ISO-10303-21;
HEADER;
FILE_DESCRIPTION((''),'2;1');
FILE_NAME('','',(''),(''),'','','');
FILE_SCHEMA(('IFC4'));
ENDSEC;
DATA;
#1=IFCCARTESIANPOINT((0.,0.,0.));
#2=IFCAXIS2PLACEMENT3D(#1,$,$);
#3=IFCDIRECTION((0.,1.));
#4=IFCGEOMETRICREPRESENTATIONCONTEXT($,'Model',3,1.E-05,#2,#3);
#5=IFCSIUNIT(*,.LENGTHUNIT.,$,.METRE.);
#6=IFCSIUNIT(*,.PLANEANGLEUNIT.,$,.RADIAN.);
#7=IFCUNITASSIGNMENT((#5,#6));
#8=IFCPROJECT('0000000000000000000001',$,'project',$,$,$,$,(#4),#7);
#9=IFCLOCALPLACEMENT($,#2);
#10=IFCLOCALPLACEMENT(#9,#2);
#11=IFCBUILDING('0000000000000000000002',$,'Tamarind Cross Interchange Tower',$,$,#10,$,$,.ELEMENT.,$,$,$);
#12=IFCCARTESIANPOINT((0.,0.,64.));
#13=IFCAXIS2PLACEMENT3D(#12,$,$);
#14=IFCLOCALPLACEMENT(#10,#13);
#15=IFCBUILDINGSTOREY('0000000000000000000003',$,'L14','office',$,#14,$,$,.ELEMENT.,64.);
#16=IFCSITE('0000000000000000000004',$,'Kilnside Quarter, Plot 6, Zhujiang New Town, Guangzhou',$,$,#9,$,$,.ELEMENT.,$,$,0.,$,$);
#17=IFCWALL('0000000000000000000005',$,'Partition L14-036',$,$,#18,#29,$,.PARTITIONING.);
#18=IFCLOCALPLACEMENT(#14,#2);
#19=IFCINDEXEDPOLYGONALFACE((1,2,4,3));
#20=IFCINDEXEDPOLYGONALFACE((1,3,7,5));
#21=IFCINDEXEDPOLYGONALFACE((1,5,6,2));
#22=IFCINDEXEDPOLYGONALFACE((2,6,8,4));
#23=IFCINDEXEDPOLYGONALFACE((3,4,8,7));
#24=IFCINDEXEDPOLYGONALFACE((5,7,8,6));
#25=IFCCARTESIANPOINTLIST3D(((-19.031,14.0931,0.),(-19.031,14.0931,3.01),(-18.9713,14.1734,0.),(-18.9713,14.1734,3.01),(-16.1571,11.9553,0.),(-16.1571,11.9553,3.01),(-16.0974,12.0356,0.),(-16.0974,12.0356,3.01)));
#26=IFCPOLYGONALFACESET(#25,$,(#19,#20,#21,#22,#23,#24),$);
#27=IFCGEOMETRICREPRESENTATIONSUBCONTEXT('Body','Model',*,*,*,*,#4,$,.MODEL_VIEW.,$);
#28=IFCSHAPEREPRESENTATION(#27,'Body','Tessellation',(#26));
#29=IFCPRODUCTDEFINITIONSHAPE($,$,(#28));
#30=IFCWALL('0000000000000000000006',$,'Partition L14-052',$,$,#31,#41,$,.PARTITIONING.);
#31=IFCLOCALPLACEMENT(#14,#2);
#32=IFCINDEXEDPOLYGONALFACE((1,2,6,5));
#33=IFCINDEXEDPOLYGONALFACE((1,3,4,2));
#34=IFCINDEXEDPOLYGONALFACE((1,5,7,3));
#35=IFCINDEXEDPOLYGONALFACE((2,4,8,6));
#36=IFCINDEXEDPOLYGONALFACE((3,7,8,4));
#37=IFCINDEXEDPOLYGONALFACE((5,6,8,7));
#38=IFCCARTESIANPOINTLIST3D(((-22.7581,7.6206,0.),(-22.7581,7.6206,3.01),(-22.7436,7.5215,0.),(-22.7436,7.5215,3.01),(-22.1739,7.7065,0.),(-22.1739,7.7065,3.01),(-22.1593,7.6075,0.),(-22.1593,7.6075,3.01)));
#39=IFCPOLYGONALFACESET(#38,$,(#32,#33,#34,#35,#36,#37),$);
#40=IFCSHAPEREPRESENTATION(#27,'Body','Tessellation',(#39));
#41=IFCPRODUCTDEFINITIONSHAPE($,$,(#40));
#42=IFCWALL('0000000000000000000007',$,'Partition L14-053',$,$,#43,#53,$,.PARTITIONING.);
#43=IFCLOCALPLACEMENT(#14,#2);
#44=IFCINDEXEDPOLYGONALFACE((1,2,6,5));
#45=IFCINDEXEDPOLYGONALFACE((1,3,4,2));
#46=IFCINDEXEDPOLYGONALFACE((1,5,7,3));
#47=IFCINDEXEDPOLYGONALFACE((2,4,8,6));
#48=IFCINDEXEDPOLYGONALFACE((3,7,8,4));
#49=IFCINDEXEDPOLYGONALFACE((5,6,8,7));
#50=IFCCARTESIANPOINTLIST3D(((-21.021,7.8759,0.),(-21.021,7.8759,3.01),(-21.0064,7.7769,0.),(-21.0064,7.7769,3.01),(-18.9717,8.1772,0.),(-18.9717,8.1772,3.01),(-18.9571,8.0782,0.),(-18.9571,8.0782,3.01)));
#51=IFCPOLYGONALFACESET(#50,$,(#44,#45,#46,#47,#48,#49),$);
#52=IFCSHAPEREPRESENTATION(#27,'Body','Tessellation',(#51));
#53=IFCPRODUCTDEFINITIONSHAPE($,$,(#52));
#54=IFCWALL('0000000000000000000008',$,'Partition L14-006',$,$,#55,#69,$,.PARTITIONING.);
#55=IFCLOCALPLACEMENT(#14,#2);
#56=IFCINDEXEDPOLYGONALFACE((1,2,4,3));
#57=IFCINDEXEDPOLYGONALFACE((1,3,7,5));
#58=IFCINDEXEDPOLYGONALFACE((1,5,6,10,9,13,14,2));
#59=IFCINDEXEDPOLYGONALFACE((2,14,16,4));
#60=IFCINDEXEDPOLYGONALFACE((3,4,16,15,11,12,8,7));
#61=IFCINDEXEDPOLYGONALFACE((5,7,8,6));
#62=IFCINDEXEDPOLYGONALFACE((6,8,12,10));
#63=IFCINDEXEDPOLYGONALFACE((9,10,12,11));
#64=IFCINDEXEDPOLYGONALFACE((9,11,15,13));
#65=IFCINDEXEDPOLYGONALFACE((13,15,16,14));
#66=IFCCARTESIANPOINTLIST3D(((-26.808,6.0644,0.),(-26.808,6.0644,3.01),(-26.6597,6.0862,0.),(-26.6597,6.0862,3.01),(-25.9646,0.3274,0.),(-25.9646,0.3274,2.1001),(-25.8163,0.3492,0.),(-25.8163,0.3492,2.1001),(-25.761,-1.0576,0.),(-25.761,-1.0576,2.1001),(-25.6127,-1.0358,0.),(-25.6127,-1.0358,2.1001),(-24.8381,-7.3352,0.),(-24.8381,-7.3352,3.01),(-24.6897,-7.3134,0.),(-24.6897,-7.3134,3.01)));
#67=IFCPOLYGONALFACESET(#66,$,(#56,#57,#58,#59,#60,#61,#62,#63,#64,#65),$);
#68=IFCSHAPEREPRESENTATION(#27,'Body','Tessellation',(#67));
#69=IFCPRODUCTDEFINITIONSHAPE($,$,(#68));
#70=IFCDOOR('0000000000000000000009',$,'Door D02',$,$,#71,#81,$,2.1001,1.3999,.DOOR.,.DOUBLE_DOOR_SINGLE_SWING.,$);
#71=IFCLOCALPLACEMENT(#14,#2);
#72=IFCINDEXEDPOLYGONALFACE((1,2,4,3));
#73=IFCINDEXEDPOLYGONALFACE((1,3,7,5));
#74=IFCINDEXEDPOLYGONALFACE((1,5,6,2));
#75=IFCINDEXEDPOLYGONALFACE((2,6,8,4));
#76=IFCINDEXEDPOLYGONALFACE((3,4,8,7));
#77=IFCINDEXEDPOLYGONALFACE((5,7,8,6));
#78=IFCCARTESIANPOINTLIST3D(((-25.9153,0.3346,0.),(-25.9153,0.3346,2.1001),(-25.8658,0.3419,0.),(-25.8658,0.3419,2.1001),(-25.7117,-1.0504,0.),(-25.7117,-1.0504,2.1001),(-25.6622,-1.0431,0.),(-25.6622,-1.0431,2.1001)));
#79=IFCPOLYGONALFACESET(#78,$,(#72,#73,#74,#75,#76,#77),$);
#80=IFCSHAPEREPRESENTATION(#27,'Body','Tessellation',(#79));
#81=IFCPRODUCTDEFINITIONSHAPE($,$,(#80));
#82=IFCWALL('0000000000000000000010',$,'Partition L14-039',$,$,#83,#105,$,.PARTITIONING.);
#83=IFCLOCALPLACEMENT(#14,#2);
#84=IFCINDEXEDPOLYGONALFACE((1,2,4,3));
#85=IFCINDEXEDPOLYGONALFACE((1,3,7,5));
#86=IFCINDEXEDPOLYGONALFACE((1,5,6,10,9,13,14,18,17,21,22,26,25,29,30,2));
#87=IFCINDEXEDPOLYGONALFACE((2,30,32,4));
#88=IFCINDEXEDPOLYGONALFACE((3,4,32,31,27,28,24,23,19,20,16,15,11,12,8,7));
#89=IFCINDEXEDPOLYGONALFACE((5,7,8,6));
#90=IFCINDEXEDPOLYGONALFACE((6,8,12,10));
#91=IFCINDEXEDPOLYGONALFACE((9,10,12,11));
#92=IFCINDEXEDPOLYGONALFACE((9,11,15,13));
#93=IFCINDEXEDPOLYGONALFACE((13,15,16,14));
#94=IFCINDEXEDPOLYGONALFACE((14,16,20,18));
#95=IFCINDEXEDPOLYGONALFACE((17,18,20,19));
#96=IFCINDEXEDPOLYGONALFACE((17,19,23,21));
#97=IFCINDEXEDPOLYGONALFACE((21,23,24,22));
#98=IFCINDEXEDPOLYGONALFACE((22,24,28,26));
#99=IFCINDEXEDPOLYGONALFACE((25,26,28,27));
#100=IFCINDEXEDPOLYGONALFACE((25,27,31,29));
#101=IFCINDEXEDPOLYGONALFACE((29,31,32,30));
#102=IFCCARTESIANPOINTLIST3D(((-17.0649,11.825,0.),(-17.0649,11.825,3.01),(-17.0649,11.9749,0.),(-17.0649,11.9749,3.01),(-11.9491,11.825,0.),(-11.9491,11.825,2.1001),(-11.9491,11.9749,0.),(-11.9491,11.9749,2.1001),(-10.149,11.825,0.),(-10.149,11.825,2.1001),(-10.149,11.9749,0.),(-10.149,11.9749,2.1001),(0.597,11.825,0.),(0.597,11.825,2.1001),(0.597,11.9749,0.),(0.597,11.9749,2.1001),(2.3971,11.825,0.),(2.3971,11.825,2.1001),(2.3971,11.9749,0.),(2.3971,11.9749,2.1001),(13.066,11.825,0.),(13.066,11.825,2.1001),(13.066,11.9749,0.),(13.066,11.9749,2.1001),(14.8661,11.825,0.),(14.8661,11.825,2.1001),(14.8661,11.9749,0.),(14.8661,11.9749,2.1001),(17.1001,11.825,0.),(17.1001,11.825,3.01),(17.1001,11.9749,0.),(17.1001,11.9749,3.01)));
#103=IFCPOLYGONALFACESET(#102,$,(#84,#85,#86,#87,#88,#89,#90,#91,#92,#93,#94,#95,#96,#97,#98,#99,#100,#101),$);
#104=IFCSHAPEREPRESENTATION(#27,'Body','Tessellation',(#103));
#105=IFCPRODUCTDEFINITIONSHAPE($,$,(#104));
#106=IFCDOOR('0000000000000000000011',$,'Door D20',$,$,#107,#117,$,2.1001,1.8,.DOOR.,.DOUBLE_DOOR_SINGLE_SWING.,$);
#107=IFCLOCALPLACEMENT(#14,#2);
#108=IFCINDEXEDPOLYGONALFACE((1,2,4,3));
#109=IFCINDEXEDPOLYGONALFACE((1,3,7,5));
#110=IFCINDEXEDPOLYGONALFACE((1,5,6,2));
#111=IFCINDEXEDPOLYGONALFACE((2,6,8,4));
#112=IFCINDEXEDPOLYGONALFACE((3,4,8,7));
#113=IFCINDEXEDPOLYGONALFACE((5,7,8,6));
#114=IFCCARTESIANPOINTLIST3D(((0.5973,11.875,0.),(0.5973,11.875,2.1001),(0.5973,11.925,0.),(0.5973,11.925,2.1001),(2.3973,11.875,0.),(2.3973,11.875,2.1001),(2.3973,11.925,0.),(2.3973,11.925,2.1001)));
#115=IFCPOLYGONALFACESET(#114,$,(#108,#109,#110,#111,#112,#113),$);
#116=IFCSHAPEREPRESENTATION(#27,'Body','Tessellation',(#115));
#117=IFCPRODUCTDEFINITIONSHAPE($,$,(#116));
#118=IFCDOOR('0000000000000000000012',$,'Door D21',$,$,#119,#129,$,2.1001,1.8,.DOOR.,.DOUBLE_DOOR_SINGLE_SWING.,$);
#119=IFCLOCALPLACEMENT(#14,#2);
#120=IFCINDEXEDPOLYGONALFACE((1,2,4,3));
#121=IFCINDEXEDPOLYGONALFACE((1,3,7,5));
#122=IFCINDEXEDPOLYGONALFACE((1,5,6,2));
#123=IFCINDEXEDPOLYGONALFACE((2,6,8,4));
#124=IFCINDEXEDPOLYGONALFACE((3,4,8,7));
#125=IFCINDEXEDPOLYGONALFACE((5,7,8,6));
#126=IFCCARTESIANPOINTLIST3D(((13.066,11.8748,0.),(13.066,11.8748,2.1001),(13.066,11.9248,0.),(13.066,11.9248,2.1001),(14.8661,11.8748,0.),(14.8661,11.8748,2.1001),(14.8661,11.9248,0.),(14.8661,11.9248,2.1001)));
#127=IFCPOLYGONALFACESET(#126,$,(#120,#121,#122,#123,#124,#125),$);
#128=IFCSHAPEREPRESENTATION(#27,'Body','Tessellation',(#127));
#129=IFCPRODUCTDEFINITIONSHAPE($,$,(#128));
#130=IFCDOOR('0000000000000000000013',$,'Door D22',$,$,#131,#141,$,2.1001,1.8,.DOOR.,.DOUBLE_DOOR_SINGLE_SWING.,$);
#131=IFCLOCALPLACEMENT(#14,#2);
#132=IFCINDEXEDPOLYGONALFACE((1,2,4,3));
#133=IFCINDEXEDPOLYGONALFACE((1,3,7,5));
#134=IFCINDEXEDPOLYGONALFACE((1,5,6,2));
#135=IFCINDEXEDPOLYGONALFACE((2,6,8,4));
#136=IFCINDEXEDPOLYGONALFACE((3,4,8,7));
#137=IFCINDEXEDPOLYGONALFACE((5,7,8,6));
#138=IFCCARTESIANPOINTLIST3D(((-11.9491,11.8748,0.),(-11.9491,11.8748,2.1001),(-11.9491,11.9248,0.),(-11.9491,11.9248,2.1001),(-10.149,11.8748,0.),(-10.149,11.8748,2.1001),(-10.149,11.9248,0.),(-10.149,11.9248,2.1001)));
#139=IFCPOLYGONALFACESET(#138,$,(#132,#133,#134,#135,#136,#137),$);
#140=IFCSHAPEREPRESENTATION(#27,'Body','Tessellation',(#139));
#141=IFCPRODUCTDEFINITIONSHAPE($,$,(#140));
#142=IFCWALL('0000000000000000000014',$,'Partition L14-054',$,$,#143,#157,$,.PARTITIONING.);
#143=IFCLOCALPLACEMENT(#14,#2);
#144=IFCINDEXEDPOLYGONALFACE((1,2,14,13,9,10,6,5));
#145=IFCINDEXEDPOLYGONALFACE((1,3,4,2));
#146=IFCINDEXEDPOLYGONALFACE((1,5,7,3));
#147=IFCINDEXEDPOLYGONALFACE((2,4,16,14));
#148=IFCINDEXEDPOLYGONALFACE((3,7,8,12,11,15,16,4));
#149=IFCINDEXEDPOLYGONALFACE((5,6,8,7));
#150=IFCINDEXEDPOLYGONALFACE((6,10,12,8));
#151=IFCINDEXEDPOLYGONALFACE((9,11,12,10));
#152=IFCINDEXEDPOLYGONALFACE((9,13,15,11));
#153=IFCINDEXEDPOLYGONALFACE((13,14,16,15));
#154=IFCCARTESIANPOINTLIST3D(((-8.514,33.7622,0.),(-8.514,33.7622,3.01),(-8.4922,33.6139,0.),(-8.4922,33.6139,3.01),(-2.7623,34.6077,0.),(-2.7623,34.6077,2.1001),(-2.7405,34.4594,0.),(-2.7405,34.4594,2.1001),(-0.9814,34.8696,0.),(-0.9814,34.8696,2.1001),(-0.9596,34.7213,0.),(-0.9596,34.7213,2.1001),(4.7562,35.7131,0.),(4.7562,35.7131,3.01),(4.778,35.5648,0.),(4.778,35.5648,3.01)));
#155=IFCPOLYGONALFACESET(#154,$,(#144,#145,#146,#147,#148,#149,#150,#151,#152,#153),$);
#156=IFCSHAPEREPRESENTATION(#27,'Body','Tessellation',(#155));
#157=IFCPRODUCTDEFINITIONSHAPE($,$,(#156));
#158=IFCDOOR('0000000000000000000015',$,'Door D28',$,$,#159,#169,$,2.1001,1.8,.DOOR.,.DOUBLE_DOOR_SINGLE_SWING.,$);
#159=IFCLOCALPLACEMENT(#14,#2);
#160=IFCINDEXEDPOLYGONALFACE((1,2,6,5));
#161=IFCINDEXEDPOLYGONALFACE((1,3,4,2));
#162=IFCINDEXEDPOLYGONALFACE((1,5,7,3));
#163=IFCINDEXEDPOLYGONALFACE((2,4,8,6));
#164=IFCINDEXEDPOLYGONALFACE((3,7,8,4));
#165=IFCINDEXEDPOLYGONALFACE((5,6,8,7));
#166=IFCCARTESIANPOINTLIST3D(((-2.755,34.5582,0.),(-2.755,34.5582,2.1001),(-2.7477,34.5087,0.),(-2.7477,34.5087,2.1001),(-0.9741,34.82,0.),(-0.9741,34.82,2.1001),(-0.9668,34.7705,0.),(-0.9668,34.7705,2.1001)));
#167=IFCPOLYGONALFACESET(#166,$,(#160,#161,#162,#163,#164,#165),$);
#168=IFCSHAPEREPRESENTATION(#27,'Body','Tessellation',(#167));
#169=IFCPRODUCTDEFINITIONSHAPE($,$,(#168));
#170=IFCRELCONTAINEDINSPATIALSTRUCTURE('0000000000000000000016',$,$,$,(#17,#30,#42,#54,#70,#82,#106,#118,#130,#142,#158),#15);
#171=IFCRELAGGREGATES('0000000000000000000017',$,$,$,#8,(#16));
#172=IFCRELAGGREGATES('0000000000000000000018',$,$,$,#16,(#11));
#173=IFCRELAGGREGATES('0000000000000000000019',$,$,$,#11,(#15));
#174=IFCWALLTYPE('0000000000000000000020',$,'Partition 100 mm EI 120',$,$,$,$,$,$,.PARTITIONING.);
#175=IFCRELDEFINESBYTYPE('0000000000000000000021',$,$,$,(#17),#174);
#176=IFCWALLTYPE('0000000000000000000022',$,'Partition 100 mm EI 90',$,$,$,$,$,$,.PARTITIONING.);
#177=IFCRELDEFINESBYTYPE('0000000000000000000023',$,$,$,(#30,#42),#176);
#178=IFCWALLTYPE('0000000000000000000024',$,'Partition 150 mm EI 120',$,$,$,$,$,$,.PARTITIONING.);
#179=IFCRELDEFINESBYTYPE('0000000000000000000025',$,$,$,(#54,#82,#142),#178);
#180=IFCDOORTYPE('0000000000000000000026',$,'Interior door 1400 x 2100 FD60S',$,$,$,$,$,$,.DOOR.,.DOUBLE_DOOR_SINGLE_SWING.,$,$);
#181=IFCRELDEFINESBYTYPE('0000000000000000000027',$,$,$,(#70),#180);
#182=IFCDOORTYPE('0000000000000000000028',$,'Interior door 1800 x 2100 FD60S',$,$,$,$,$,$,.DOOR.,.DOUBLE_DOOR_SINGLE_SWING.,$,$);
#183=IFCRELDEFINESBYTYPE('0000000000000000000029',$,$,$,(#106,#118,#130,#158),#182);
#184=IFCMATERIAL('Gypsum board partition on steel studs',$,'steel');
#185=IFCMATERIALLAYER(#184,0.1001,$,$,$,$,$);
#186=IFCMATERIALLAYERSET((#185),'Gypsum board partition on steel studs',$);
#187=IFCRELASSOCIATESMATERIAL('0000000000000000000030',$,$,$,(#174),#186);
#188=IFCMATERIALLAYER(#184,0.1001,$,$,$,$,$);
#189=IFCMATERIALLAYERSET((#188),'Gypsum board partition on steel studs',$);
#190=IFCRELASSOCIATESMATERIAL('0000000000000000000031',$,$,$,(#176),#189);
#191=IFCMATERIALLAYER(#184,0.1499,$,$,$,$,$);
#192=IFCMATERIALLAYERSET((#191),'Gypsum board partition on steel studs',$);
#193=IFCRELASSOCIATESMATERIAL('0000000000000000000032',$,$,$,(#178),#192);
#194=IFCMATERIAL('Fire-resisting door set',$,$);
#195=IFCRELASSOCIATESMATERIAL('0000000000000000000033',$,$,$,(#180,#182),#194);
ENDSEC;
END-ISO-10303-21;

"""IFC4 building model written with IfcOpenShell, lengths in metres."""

from ifc_helpers import new_model, si_unit, direction, frame, frame_2d, origin, place, context, subcontext, project, spatial, rectangle, extrude, material, layer, layer_set, type_object, element, fill, save


model = new_model("IFC4")

# Units and contexts
model_context = context("Model", 3, precision=1e-05, world=origin(), true_north=direction((0.0, 1.0)))
body_context = subcontext(model_context, "Body", "Model", "MODEL_VIEW")
ifc_project = project(units=[si_unit("LENGTHUNIT", "METRE"), si_unit("PLANEANGLEUNIT", "RADIAN")], contexts=[model_context])

# Site, building, storey
site_placement = place(None, origin())
site = spatial("IfcSite", under=ifc_project, at=site_placement, Name="Kilnside Quarter, Plot 6, Zhujiang New Town, Guangzhou", CompositionType="ELEMENT", RefElevation=0.0)
building_placement = place(site_placement, origin())
building = spatial("IfcBuilding", under=site, at=building_placement, Name="Tamarind Cross Interchange Tower", CompositionType="ELEMENT")
storey_placement = place(building_placement, frame((0.0, 0.0, 64.0)))
storey = spatial("IfcBuildingStorey", under=building, at=storey_placement, Name="L14", Description="office", CompositionType="ELEMENT", Elevation=64.0)

# Walls
ifc_material_1 = material(Name="Gypsum board partition on steel studs", Category="steel")
ifc_layer_1 = layer(ifc_material_1, 0.1001)
ifc_layer_set_1 = layer_set([ifc_layer_1], Name="Gypsum board partition on steel studs")
wall_type_1 = type_object("IfcWallType", Name="Partition 100 mm EI 120", PredefinedType="PARTITIONING", material=ifc_layer_set_1)
wall_1_placement = place(storey_placement, frame((-19.0012, 14.1333, 0.0), z_axis=(0.0, 0.0, 1.0), x_axis=(0.802358, -0.596843, 0.0)))
element("IfcWall", 1, at=wall_1_placement, inside=storey, type_object=wall_type_1, Name="Partition L14-036", PredefinedType="PARTITIONING", context=body_context, shape_type="SweptSolid", body=[
    extrude(rectangle(XDim=3.5818, YDim=0.1001, at=frame_2d((1.791, 0.0))), origin(), (0.0, 0.0, 1.0), 3.01),
])
ifc_layer_2 = layer(ifc_material_1, 0.1001)
ifc_layer_set_2 = layer_set([ifc_layer_2], Name="Gypsum board partition on steel studs")
wall_type_2 = type_object("IfcWallType", Name="Partition 100 mm EI 90", PredefinedType="PARTITIONING", material=ifc_layer_set_2)
wall_2_placement = place(storey_placement, frame((-22.751, 7.571, 0.0), z_axis=(0.0, 0.0, 1.0), x_axis=(0.989354, 0.14553, 0.0)))
element("IfcWall", 2, at=wall_2_placement, inside=storey, type_object=wall_type_2, Name="Partition L14-052", PredefinedType="PARTITIONING", context=body_context, shape_type="SweptSolid", body=[
    extrude(rectangle(XDim=0.5906, YDim=0.1001, at=frame_2d((0.2954, 0.0))), origin(), (0.0, 0.0, 1.0), 3.01),
])
wall_3_placement = place(storey_placement, frame((-21.0137, 7.8264, 0.0), z_axis=(0.0, 0.0, 1.0), x_axis=(0.989366, 0.145446, 0.0)))
element("IfcWall", 3, at=wall_3_placement, inside=storey, type_object=wall_type_2, Name="Partition L14-053", PredefinedType="PARTITIONING", context=body_context, shape_type="SweptSolid", body=[
    extrude(rectangle(XDim=2.0713, YDim=0.1001, at=frame_2d((1.0356, 0.0))), origin(), (0.0, 0.0, 1.0), 3.01),
])

# Wall, opening, door
ifc_layer_3 = layer(ifc_material_1, 0.1499)
ifc_layer_set_3 = layer_set([ifc_layer_3], Name="Gypsum board partition on steel studs")
wall_type_3 = type_object("IfcWallType", Name="Partition 150 mm EI 120", PredefinedType="PARTITIONING", material=ifc_layer_set_3)
wall_4_placement = place(storey_placement, frame((-26.7339, 6.0754, 0.0), z_axis=(0.0, 0.0, 1.0), x_axis=(0.145453, -0.989365, 0.0)))
wall_4 = element("IfcWall", 4, at=wall_4_placement, inside=storey, type_object=wall_type_3, Name="Partition L14-006", PredefinedType="PARTITIONING", context=body_context, shape_type="SweptSolid", body=[
    extrude(rectangle(XDim=13.5437, YDim=0.1499, at=frame_2d((6.772, 0.0))), origin(), (0.0, 0.0, 1.0), 3.01),
])
opening_1_placement = place(wall_4_placement, frame((5.7988, 0.0, 0.0)))
opening_1 = element("IfcOpeningElement", 5, at=opening_1_placement, cuts=wall_4, PredefinedType="OPENING", context=body_context, shape_type="SweptSolid", body=[
    extrude(rectangle(XDim=1.3999, YDim=2.1001, at=frame_2d((0.7, 1.05))), frame((0.0, 0.085, 0.0), z_axis=(0.0, -1.0, 0.0), x_axis=(1.0, 0.0, 0.0)), (0.0, 0.0, 1.0), 0.1699),
])
ifc_material_2 = material(Name="Fire-resisting door set")
door_type_1 = type_object("IfcDoorType", Name="Interior door 1400 x 2100 FD60S", OperationType="DOUBLE_DOOR_SINGLE_SWING", PredefinedType="DOOR", material=ifc_material_2)
door_1_placement = place(opening_1_placement, origin())
door_1 = element("IfcDoor", 6, at=door_1_placement, inside=storey, type_object=door_type_1, Name="Door D02", OperationType="DOUBLE_DOOR_SINGLE_SWING", OverallHeight=2.1001, OverallWidth=1.3999, PredefinedType="DOOR", context=body_context, shape_type="SweptSolid", body=[
    extrude(rectangle(XDim=1.3999, YDim=2.1001, at=frame_2d((0.7, 1.05))), frame((0.0, 0.0249, 0.0), z_axis=(0.0, -1.0, 0.0), x_axis=(1.0, 0.0, 0.0)), (0.0, 0.0, 1.0), 0.05),
])
fill(opening_1, door_1)

# Wall, openings, doors
wall_5_placement = place(storey_placement, frame((-17.0649, 11.8999, 0.0), z_axis=(0.0, 0.0, 1.0), x_axis=(1.0, 0.0, 0.0)))
wall_5 = element("IfcWall", 7, at=wall_5_placement, inside=storey, type_object=wall_type_3, Name="Partition L14-039", PredefinedType="PARTITIONING", context=body_context, shape_type="SweptSolid", body=[
    extrude(rectangle(XDim=34.165, YDim=0.1499, at=frame_2d((17.0825, 0.0))), origin(), (0.0, 0.0, 1.0), 3.01),
])
opening_2_placement = place(wall_5_placement, frame((17.6621, 0.0, 0.0)))
opening_2 = element("IfcOpeningElement", 8, at=opening_2_placement, cuts=wall_5, PredefinedType="OPENING", context=body_context, shape_type="SweptSolid", body=[
    extrude(rectangle(XDim=1.8, YDim=2.1001, at=frame_2d((0.8999, 1.05))), frame((0.0, 0.085, 0.0), z_axis=(0.0, -1.0, 0.0), x_axis=(1.0, 0.0, 0.0)), (0.0, 0.0, 1.0), 0.1699),
])
opening_3_placement = place(wall_5_placement, frame((30.1311, 0.0, 0.0)))
opening_3 = element("IfcOpeningElement", 9, at=opening_3_placement, cuts=wall_5, PredefinedType="OPENING", context=body_context, shape_type="SweptSolid", body=[
    extrude(rectangle(XDim=1.8, YDim=2.1001, at=frame_2d((0.8999, 1.05))), frame((0.0, 0.085, 0.0), z_axis=(0.0, -1.0, 0.0), x_axis=(1.0, 0.0, 0.0)), (0.0, 0.0, 1.0), 0.1699),
])
opening_4_placement = place(wall_5_placement, frame((5.116, 0.0, 0.0)))
opening_4 = element("IfcOpeningElement", 10, at=opening_4_placement, cuts=wall_5, PredefinedType="OPENING", context=body_context, shape_type="SweptSolid", body=[
    extrude(rectangle(XDim=1.8, YDim=2.1001, at=frame_2d((0.8999, 1.05))), frame((0.0, 0.085, 0.0), z_axis=(0.0, -1.0, 0.0), x_axis=(1.0, 0.0, 0.0)), (0.0, 0.0, 1.0), 0.1699),
])
door_type_2 = type_object("IfcDoorType", Name="Interior door 1800 x 2100 FD60S", OperationType="DOUBLE_DOOR_SINGLE_SWING", PredefinedType="DOOR", material=ifc_material_2)
door_2_placement = place(opening_2_placement, frame((1.8, 0.0, 0.0), z_axis=(0.0, 0.0, 1.0), x_axis=(-1.0, 0.0, 0.0)))
door_2 = element("IfcDoor", 11, at=door_2_placement, inside=storey, type_object=door_type_2, Name="Door D20", OperationType="DOUBLE_DOOR_SINGLE_SWING", OverallHeight=2.1001, OverallWidth=1.8, PredefinedType="DOOR", context=body_context, shape_type="SweptSolid", body=[
    extrude(rectangle(XDim=1.8, YDim=2.1001, at=frame_2d((0.8999, 1.05))), frame((0.0, 0.0249, 0.0), z_axis=(0.0, -1.0, 0.0), x_axis=(1.0, 0.0, 0.0)), (0.0, 0.0, 1.0), 0.05),
])
fill(opening_2, door_2)
door_3_placement = place(opening_3_placement, origin())
door_3 = element("IfcDoor", 12, at=door_3_placement, inside=storey, type_object=door_type_2, Name="Door D21", OperationType="DOUBLE_DOOR_SINGLE_SWING", OverallHeight=2.1001, OverallWidth=1.8, PredefinedType="DOOR", context=body_context, shape_type="SweptSolid", body=[
    extrude(rectangle(XDim=1.8, YDim=2.1001, at=frame_2d((0.8999, 1.05))), frame((0.0, 0.0249, 0.0), z_axis=(0.0, -1.0, 0.0), x_axis=(1.0, 0.0, 0.0)), (0.0, 0.0, 1.0), 0.05),
])
fill(opening_3, door_3)
door_4_placement = place(opening_4_placement, origin())
door_4 = element("IfcDoor", 13, at=door_4_placement, inside=storey, type_object=door_type_2, Name="Door D22", OperationType="DOUBLE_DOOR_SINGLE_SWING", OverallHeight=2.1001, OverallWidth=1.8, PredefinedType="DOOR", context=body_context, shape_type="SweptSolid", body=[
    extrude(rectangle(XDim=1.8, YDim=2.1001, at=frame_2d((0.8999, 1.05))), frame((0.0, 0.0249, 0.0), z_axis=(0.0, -1.0, 0.0), x_axis=(1.0, 0.0, 0.0)), (0.0, 0.0, 1.0), 0.05),
])
fill(opening_4, door_4)

# Wall, opening, door
wall_6_placement = place(storey_placement, frame((-8.5032, 33.688, 0.0), z_axis=(0.0, 0.0, 1.0), x_axis=(0.989365, 0.145452, 0.0)))
wall_6 = element("IfcWall", 14, at=wall_6_placement, inside=storey, type_object=wall_type_3, Name="Partition L14-054", PredefinedType="PARTITIONING", context=body_context, shape_type="SweptSolid", body=[
    extrude(rectangle(XDim=13.4128, YDim=0.1499, at=frame_2d((6.7065, 0.0))), origin(), (0.0, 0.0, 1.0), 3.01),
])
opening_5_placement = place(wall_6_placement, frame((5.8137, 0.0, 0.0)))
opening_5 = element("IfcOpeningElement", 15, at=opening_5_placement, cuts=wall_6, PredefinedType="OPENING", context=body_context, shape_type="SweptSolid", body=[
    extrude(rectangle(XDim=1.8, YDim=2.1001, at=frame_2d((0.8999, 1.05))), frame((0.0, 0.085, 0.0), z_axis=(0.0, -1.0, 0.0), x_axis=(1.0, 0.0, 0.0)), (0.0, 0.0, 1.0), 0.1699),
])
door_5_placement = place(opening_5_placement, origin())
door_5 = element("IfcDoor", 16, at=door_5_placement, inside=storey, type_object=door_type_2, Name="Door D28", OperationType="DOUBLE_DOOR_SINGLE_SWING", OverallHeight=2.1001, OverallWidth=1.8, PredefinedType="DOOR", context=body_context, shape_type="SweptSolid", body=[
    extrude(rectangle(XDim=1.8, YDim=2.1001, at=frame_2d((0.8999, 1.05))), frame((0.0, 0.0249, 0.0), z_axis=(0.0, -1.0, 0.0), x_axis=(1.0, 0.0, 0.0)), (0.0, 0.0, 1.0), 0.05),
])
fill(opening_5, door_5)

save(model, "model.ifc")
